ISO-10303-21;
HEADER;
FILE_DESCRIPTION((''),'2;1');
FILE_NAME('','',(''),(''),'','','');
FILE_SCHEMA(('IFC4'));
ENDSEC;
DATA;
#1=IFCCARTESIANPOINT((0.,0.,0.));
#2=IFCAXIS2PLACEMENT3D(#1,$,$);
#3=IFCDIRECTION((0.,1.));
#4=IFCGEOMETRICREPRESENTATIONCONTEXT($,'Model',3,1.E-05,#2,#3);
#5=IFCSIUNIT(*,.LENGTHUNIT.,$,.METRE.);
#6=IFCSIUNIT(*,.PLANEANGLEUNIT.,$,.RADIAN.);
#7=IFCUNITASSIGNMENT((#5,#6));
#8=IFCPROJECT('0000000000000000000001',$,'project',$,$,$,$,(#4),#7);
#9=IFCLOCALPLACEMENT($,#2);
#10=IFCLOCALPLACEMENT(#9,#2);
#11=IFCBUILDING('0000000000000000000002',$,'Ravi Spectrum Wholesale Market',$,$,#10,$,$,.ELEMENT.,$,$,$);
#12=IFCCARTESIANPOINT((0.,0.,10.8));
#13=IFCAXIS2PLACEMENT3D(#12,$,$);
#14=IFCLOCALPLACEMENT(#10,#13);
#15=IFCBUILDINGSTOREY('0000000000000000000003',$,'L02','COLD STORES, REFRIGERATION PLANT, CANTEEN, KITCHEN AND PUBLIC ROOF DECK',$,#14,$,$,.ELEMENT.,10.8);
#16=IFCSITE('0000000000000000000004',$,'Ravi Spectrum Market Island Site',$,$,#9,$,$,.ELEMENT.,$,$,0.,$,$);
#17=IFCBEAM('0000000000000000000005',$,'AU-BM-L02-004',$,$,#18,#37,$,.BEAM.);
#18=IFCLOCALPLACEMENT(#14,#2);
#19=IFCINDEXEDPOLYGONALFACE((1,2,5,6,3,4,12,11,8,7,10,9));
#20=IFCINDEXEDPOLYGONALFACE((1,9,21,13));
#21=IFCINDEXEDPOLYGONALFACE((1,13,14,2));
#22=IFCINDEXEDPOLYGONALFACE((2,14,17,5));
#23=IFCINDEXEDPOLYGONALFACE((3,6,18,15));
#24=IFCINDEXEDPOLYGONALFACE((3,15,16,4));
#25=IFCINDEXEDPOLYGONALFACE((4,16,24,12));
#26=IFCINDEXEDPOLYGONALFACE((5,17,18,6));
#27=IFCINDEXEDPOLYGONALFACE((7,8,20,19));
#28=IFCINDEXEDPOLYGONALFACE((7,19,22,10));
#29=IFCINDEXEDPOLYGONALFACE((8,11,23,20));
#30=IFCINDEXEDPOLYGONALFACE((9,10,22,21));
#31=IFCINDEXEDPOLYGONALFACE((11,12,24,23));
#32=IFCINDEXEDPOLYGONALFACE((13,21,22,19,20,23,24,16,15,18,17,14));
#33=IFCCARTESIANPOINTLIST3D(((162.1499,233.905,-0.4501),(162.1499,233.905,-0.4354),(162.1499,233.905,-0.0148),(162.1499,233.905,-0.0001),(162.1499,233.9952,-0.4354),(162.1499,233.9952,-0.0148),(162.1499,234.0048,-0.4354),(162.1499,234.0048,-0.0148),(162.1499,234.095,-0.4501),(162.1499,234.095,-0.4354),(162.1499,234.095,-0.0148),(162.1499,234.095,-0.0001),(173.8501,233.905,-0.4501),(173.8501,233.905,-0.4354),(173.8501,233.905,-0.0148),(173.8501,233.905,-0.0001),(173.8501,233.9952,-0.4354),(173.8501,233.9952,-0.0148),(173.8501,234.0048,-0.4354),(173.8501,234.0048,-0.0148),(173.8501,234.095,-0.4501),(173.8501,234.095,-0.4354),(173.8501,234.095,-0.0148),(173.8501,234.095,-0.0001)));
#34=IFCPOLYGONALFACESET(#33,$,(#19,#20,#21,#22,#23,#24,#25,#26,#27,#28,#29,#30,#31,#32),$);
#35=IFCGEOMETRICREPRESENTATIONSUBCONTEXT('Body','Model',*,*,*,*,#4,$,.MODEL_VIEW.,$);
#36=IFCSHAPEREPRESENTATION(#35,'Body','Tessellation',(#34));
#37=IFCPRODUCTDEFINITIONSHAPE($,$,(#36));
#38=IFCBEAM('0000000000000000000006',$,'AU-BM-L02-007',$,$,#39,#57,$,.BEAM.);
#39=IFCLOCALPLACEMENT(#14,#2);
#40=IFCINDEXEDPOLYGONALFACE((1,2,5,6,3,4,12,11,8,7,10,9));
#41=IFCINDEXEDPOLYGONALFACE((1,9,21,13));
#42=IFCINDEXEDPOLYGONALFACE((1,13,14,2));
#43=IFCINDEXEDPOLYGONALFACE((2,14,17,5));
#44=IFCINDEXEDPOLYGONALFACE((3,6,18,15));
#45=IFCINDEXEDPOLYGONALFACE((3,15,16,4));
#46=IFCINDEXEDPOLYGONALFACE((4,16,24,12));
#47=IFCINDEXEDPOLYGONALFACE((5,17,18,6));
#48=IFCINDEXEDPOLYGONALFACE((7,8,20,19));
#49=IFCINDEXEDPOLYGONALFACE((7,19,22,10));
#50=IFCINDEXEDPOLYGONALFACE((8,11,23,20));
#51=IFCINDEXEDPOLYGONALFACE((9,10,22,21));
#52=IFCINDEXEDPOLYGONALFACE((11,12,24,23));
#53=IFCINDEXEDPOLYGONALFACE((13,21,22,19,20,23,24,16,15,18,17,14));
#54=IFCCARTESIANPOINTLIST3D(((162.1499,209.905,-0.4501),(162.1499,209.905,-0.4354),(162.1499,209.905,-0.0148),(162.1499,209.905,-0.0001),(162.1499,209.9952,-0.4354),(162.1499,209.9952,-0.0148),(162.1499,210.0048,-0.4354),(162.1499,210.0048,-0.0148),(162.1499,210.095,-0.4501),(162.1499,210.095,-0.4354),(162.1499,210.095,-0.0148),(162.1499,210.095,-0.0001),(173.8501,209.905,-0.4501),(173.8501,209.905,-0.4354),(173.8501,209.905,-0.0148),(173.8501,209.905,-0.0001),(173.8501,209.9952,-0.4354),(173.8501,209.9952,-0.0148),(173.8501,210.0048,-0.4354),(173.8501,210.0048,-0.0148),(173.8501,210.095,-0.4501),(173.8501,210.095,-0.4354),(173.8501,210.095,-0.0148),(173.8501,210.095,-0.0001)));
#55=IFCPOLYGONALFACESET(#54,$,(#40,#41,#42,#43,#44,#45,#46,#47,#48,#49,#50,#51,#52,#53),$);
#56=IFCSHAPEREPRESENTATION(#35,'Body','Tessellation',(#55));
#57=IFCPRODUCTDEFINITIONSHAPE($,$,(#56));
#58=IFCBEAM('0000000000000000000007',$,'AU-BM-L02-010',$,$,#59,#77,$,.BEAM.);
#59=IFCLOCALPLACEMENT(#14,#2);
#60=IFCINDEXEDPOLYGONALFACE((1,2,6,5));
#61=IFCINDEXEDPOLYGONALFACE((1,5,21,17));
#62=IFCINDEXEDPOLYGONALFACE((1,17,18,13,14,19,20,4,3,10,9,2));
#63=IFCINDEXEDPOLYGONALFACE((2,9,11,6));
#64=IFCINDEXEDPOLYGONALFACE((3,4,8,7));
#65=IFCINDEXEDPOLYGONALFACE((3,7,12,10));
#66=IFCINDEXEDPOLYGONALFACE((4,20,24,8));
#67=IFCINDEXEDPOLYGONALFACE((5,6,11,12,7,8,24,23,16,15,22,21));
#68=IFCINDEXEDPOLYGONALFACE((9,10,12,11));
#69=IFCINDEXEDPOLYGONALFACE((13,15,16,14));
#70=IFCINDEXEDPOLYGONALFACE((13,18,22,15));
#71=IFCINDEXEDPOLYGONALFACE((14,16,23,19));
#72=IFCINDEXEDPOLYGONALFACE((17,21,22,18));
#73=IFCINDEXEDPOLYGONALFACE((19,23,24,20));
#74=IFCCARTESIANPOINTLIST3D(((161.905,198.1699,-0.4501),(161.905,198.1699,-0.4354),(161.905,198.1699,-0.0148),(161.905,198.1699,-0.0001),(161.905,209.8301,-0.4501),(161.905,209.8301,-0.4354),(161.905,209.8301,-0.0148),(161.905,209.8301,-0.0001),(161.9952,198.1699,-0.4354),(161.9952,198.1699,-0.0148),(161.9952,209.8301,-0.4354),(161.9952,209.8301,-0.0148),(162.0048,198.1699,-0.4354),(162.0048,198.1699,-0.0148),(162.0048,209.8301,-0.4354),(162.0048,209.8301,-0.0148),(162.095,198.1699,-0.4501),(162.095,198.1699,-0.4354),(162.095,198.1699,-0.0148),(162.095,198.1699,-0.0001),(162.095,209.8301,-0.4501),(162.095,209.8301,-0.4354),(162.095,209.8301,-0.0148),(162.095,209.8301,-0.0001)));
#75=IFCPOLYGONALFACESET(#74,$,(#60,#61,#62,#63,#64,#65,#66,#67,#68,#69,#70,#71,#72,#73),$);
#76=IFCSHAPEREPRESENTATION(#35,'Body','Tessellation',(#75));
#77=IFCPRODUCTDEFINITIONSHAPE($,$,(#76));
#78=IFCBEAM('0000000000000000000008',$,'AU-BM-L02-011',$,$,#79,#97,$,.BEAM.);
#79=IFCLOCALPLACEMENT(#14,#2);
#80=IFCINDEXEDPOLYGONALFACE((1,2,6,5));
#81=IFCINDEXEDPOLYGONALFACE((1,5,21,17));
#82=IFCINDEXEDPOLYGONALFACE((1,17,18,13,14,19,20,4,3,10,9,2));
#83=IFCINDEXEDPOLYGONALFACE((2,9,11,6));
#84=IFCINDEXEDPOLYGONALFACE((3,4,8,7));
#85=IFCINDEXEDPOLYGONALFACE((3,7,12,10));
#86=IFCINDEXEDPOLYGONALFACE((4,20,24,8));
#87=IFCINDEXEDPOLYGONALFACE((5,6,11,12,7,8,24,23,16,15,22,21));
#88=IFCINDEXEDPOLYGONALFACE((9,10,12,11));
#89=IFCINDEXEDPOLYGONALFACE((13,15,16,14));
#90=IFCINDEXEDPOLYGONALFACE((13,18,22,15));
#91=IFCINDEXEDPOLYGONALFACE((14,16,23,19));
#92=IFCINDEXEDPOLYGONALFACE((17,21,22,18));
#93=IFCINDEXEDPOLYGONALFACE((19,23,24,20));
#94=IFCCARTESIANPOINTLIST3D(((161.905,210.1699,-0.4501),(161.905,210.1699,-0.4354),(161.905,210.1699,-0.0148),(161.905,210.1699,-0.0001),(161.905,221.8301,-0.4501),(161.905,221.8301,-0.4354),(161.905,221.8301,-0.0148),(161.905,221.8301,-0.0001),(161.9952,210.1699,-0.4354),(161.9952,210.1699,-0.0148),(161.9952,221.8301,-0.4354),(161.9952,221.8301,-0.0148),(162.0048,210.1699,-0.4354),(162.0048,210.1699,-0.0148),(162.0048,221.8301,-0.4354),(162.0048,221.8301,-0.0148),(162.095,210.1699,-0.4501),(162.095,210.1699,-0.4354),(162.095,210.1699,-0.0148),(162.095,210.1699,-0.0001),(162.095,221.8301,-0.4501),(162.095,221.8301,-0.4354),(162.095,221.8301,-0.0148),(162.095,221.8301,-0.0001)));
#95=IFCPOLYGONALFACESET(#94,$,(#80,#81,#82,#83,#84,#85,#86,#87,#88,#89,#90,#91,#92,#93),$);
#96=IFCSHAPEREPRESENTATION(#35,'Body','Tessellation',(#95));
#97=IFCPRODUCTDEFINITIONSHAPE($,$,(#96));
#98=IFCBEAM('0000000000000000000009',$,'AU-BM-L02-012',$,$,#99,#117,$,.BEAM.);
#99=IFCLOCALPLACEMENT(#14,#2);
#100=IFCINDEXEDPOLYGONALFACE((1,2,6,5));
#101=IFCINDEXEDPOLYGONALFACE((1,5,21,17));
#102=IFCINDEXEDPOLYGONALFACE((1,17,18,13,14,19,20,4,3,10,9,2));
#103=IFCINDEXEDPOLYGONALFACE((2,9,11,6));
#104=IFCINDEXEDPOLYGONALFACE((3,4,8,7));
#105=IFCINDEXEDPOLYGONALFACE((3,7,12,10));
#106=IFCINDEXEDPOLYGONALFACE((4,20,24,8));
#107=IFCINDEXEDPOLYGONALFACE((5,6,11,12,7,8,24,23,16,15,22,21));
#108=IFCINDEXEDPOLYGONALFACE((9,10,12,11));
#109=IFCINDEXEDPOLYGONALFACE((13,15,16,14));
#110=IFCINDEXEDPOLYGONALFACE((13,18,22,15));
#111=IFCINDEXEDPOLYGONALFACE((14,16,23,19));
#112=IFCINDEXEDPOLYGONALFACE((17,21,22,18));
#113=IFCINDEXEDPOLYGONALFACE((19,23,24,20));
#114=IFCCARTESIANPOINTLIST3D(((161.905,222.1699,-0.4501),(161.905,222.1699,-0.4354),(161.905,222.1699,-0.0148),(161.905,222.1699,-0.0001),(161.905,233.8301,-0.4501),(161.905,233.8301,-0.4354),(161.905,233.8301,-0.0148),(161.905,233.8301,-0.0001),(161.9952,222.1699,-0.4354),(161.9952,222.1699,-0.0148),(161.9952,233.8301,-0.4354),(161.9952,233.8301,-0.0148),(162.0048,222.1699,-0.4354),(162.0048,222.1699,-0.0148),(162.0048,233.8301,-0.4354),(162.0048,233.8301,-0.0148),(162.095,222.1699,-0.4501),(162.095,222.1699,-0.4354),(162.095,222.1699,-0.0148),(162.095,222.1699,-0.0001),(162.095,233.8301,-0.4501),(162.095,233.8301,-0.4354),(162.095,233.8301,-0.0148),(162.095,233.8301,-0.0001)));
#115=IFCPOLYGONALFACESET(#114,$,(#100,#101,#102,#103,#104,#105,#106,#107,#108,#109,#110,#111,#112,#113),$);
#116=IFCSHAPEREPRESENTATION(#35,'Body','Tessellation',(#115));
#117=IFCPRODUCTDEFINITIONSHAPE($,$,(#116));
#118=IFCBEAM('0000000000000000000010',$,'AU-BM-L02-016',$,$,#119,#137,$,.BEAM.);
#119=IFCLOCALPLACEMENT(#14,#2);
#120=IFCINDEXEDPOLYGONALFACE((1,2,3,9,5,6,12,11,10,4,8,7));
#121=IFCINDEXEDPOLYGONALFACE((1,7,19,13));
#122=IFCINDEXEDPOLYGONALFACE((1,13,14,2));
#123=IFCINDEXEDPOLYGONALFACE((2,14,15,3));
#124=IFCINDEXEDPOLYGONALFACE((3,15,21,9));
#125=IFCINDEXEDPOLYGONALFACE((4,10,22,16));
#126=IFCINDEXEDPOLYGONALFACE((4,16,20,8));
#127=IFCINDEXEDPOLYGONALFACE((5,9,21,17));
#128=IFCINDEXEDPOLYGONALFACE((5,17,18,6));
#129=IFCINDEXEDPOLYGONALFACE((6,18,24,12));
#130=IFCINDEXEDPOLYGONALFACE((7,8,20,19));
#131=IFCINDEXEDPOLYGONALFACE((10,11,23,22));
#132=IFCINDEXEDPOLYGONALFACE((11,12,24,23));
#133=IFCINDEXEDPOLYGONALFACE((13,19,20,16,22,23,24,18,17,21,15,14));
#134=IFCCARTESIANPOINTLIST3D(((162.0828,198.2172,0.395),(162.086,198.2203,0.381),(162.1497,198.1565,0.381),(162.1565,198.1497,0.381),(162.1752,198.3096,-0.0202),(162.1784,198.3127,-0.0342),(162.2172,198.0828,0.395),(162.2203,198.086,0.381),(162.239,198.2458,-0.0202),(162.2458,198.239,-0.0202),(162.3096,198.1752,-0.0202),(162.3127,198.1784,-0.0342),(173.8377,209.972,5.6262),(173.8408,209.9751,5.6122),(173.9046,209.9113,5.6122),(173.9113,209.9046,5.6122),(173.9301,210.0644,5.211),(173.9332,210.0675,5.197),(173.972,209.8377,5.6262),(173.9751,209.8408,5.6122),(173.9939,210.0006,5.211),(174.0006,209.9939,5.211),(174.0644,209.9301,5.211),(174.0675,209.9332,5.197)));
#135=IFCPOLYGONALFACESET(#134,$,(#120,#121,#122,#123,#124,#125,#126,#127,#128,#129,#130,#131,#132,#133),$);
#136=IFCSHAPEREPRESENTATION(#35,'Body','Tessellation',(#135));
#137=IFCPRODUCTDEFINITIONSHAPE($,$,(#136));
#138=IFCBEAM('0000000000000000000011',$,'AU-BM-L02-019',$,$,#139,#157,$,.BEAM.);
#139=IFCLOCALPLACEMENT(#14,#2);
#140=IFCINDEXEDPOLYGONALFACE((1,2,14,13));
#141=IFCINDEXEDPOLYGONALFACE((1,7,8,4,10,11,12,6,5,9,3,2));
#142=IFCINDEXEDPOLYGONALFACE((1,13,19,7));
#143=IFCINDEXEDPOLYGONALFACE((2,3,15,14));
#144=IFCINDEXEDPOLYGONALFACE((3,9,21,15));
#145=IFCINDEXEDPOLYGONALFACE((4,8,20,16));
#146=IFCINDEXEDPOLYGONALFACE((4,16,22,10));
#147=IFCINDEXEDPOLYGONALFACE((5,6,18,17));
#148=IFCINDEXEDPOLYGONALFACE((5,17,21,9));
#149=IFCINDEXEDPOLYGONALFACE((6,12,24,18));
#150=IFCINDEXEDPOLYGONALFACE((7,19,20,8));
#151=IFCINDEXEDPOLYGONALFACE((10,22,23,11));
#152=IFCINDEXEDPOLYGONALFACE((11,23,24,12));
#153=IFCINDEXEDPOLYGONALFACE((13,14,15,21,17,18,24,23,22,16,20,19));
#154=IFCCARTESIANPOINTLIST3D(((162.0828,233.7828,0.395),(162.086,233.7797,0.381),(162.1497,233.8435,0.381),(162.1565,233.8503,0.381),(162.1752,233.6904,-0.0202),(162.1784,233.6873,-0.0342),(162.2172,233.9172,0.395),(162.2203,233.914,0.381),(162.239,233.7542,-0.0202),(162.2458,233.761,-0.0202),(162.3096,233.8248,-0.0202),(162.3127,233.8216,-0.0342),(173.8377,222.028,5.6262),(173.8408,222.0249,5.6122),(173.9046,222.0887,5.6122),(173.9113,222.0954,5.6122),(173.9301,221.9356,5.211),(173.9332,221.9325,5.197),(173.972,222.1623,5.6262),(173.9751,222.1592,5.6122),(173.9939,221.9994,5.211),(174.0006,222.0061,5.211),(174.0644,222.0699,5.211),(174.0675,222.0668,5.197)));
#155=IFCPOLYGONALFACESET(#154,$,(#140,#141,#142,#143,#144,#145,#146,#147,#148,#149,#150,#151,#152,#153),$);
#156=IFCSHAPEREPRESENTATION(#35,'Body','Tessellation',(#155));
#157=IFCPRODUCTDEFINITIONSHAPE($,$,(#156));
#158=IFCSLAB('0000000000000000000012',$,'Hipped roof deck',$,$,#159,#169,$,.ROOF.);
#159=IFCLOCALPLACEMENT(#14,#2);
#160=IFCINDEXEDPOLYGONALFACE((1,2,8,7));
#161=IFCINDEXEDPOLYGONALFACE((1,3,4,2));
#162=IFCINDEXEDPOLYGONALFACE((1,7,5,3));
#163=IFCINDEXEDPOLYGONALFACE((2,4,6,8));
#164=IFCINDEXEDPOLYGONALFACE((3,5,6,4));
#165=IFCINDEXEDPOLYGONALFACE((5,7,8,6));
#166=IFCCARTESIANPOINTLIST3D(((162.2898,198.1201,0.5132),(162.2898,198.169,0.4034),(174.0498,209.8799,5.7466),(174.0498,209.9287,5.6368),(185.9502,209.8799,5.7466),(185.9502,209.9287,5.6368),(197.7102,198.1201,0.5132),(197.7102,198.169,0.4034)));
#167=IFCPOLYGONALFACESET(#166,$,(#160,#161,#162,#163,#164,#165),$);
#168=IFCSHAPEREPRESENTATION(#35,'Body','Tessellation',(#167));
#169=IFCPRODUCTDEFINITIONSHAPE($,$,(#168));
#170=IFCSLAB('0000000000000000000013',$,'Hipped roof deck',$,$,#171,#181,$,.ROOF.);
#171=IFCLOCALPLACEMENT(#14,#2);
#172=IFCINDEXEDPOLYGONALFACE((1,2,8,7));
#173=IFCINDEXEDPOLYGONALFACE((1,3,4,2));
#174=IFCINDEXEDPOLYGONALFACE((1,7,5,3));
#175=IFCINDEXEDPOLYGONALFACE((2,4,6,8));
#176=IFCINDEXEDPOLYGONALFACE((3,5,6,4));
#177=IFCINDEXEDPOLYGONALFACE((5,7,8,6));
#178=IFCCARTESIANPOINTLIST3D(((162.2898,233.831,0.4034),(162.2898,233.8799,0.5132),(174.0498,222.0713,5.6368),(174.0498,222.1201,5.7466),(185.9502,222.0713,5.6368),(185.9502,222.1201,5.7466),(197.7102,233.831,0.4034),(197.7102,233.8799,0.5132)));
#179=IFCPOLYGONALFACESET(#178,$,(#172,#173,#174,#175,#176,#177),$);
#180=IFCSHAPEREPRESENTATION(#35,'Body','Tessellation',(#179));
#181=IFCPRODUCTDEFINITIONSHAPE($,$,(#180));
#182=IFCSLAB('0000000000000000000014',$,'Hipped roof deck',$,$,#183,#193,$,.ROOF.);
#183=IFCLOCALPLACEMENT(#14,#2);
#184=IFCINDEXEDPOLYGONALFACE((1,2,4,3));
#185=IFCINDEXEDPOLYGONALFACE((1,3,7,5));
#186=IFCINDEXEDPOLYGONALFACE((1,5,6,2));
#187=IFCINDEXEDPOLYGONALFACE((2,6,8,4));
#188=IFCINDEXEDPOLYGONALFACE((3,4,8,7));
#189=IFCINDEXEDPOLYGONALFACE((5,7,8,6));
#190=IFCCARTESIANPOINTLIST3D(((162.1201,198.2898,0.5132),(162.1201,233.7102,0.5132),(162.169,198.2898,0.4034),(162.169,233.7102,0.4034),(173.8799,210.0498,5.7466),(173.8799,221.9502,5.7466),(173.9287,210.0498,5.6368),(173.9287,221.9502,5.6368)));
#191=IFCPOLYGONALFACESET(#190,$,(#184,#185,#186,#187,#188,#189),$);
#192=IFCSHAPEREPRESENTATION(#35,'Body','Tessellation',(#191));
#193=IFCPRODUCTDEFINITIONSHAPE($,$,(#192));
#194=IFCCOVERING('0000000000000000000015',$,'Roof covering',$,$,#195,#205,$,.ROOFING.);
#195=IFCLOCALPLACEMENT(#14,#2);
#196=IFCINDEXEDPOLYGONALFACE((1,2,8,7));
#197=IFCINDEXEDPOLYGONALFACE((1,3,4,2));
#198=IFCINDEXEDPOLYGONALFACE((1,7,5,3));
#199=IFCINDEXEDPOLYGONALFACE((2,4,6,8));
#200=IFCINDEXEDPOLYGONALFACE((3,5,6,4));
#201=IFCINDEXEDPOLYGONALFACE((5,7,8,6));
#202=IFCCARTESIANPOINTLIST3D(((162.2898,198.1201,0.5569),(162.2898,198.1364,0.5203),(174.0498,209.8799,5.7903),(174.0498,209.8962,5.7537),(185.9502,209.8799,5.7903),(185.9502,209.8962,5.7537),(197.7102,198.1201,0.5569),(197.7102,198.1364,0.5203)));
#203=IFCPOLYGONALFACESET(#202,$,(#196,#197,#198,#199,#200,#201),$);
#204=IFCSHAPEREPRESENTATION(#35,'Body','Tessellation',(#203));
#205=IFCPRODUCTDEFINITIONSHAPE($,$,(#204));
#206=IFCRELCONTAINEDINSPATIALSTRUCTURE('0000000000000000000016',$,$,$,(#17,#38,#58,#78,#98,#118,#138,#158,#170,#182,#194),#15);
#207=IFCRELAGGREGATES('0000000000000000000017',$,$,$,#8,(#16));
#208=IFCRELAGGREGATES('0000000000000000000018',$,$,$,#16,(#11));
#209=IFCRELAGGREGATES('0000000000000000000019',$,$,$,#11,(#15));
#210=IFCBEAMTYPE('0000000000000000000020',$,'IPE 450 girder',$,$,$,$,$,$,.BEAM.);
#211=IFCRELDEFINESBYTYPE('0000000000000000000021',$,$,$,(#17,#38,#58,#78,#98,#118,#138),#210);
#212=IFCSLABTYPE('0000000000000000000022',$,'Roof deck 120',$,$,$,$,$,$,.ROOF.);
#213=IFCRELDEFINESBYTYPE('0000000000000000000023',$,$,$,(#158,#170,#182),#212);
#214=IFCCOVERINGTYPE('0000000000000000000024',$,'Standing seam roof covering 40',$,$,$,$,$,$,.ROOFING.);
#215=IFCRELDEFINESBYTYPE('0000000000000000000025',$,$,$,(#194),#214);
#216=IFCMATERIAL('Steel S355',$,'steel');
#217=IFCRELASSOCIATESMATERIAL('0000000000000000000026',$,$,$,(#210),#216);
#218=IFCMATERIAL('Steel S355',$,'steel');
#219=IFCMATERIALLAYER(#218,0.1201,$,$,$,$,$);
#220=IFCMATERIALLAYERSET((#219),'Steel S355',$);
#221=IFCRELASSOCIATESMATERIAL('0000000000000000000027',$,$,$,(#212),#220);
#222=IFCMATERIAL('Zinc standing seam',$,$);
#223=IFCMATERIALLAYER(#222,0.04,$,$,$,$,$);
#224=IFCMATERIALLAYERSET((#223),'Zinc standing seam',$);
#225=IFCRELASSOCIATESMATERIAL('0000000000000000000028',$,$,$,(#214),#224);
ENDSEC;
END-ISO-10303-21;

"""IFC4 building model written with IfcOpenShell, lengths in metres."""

from ifc_helpers import new_model, si_unit, direction, frame, origin, origin_2d, place, context, subcontext, project, spatial, polyline, i_section, outline, extrude, material, layer, layer_set, material_profile, profile_set, type_object, element, save


model = new_model("IFC4")

# Units and contexts
model_context = context("Model", 3, precision=1e-05, world=origin(), true_north=direction((0.0, 1.0)))
body_context = subcontext(model_context, "Body", "Model", "MODEL_VIEW")
ifc_project = project(units=[si_unit("LENGTHUNIT", "METRE"), si_unit("PLANEANGLEUNIT", "RADIAN")], contexts=[model_context])

# Site, building, storey
site_placement = place(None, origin())
site = spatial("IfcSite", under=ifc_project, at=site_placement, Name="Ravi Spectrum Market Island Site", CompositionType="ELEMENT", RefElevation=0.0)
building_placement = place(site_placement, origin())
building = spatial("IfcBuilding", under=site, at=building_placement, Name="Ravi Spectrum Wholesale Market", CompositionType="ELEMENT")
storey_placement = place(building_placement, frame((0.0, 0.0, 10.8)))
storey = spatial("IfcBuildingStorey", under=building, at=storey_placement, Name="L02", Description="COLD STORES, REFRIGERATION PLANT, CANTEEN, KITCHEN AND PUBLIC ROOF DECK", CompositionType="ELEMENT", Elevation=10.8)

# Beams
ifc_material_1 = material(Name="Steel S355", Category="steel")
ifc_material_profile_1 = material_profile(ifc_material_1, i_section(OverallWidth=0.1899, OverallDepth=0.45, WebThickness=0.0095, FlangeThickness=0.0146, at=origin_2d()))
ifc_profile_set_1 = profile_set([ifc_material_profile_1], Name="Steel S355")
beam_type = type_object("IfcBeamType", Name="IPE 450 girder", PredefinedType="BEAM", material=ifc_profile_set_1)
for number, where, z_axis, x_axis, name in (
    (1, (162.1499, 234.0, -0.2251), (1.0, 0.0, 0.0), (0.0, 1.0, 0.0), "AU-BM-L02-004"),
    (2, (162.1499, 210.0, -0.2251), (1.0, 0.0, 0.0), (0.0, 1.0, 0.0), "AU-BM-L02-007"),
):
    element("IfcBeam", number, at=place(storey_placement, frame(where, z_axis=z_axis, x_axis=x_axis)), inside=storey, type_object=beam_type, Name=name, PredefinedType="BEAM", context=body_context, shape_type="SweptSolid", body=[
        extrude(i_section(OverallWidth=0.1899, OverallDepth=0.45, WebThickness=0.0095, FlangeThickness=0.0146, at=origin_2d()), origin(), (0.0, 0.0, 1.0), 11.7002),
    ])
for number, where, z_axis, x_axis, name in (
    (3, (162.0, 198.1699, -0.2251), (0.0, 1.0, 0.0), (-1.0, 0.0, 0.0), "AU-BM-L02-010"),
    (4, (162.0, 210.1699, -0.2251), (0.0, 1.0, 0.0), (-1.0, 0.0, 0.0), "AU-BM-L02-011"),
    (5, (162.0, 222.1699, -0.2251), (0.0, 1.0, 0.0), (-1.0, 0.0, 0.0), "AU-BM-L02-012"),
):
    element("IfcBeam", number, at=place(storey_placement, frame(where, z_axis=z_axis, x_axis=x_axis)), inside=storey, type_object=beam_type, Name=name, PredefinedType="BEAM", context=body_context, shape_type="SweptSolid", body=[
        extrude(i_section(OverallWidth=0.1899, OverallDepth=0.45, WebThickness=0.0095, FlangeThickness=0.0146, at=origin_2d()), origin(), (0.0, 0.0, 1.0), 11.6602),
    ])
for number, where, z_axis, x_axis, name in (
    (6, (162.1978, 198.1978, 0.1804), (0.674499, 0.674499, 0.300168), (-0.707107, 0.707107, 0.0), "AU-BM-L02-016"),
    (7, (162.1978, 233.8022, 0.1804), (0.674499, -0.674499, 0.300168), (0.707107, 0.707107, 0.0), "AU-BM-L02-019"),
):
    element("IfcBeam", number, at=place(storey_placement, frame(where, z_axis=z_axis, x_axis=x_axis)), inside=storey, type_object=beam_type, Name=name, PredefinedType="BEAM", context=body_context, shape_type="SweptSolid", body=[
        extrude(i_section(OverallWidth=0.1899, OverallDepth=0.45, WebThickness=0.0095, FlangeThickness=0.0146, at=origin_2d()), origin(), (0.0, 0.0, 1.0), 17.4275),
    ])

# Slabs
ifc_material_2 = material(Name="Steel S355", Category="steel")
ifc_layer_1 = layer(ifc_material_2, 0.1201)
ifc_layer_set_1 = layer_set([ifc_layer_1], Name="Steel S355")
slab_type = type_object("IfcSlabType", Name="Roof deck 120", PredefinedType="ROOF", material=ifc_layer_set_1)
slab_placement = place(storey_placement, frame((162.2898, 198.1201, 0.5132), z_axis=(0.0, -0.406582, 0.913614), x_axis=(0.674507, 0.674493, 0.300167)))
element("IfcSlab", 8, at=slab_placement, inside=storey, type_object=slab_type, Name="Hipped roof deck", PredefinedType="ROOF", context=body_context, shape_type="SweptSolid", body=[
    extrude(outline(polyline([(0.0, 0.0), (17.435, 0.0), (25.4619, -8.7857), (23.8913, -26.1498), (0.0, 0.0)])), origin(), (0.0, 0.0, -1.0), 0.1201),
])
for number, where, z_axis, x_axis, name in (
    (9, (162.2898, 233.8799, 0.5132), (0.0, 0.406582, 0.913614), (1.0, 0.0, 0.0), "Hipped roof deck"),
    (10, (162.1201, 198.2898, 0.5132), (-0.406582, 0.0, 0.913614), (0.0, 1.0, 0.0), "Hipped roof deck"),
):
    element("IfcSlab", number, at=place(storey_placement, frame(where, z_axis=z_axis, x_axis=x_axis)), inside=storey, type_object=slab_type, Name=name, PredefinedType="ROOF", context=body_context, shape_type="SweptSolid", body=[
        extrude(outline(polyline([(0.0, 0.0), (35.4204, 0.0), (23.6604, -12.8717), (11.76, -12.8717), (0.0, 0.0)])), origin(), (0.0, 0.0, -1.0), 0.1201),
    ])

# Covering
ifc_material_3 = material(Name="Zinc standing seam")
ifc_layer_2 = layer(ifc_material_3, 0.04)
ifc_layer_set_2 = layer_set([ifc_layer_2], Name="Zinc standing seam")
covering_type = type_object("IfcCoveringType", Name="Standing seam roof covering 40", PredefinedType="ROOFING", material=ifc_layer_set_2)
covering_placement = place(storey_placement, frame((162.2898, 198.1201, 0.5569), z_axis=(0.0, -0.406582, 0.913614), x_axis=(0.674507, 0.674493, 0.300167)))
element("IfcCovering", 11, at=covering_placement, inside=storey, type_object=covering_type, Name="Roof covering", PredefinedType="ROOFING", context=body_context, shape_type="SweptSolid", body=[
    extrude(outline(polyline([(0.0, 0.0), (17.435, 0.0), (25.4619, -8.7857), (23.8913, -26.1498), (0.0, 0.0)])), origin(), (0.0, 0.0, -1.0), 0.04),
])

save(model, "model.ifc")
